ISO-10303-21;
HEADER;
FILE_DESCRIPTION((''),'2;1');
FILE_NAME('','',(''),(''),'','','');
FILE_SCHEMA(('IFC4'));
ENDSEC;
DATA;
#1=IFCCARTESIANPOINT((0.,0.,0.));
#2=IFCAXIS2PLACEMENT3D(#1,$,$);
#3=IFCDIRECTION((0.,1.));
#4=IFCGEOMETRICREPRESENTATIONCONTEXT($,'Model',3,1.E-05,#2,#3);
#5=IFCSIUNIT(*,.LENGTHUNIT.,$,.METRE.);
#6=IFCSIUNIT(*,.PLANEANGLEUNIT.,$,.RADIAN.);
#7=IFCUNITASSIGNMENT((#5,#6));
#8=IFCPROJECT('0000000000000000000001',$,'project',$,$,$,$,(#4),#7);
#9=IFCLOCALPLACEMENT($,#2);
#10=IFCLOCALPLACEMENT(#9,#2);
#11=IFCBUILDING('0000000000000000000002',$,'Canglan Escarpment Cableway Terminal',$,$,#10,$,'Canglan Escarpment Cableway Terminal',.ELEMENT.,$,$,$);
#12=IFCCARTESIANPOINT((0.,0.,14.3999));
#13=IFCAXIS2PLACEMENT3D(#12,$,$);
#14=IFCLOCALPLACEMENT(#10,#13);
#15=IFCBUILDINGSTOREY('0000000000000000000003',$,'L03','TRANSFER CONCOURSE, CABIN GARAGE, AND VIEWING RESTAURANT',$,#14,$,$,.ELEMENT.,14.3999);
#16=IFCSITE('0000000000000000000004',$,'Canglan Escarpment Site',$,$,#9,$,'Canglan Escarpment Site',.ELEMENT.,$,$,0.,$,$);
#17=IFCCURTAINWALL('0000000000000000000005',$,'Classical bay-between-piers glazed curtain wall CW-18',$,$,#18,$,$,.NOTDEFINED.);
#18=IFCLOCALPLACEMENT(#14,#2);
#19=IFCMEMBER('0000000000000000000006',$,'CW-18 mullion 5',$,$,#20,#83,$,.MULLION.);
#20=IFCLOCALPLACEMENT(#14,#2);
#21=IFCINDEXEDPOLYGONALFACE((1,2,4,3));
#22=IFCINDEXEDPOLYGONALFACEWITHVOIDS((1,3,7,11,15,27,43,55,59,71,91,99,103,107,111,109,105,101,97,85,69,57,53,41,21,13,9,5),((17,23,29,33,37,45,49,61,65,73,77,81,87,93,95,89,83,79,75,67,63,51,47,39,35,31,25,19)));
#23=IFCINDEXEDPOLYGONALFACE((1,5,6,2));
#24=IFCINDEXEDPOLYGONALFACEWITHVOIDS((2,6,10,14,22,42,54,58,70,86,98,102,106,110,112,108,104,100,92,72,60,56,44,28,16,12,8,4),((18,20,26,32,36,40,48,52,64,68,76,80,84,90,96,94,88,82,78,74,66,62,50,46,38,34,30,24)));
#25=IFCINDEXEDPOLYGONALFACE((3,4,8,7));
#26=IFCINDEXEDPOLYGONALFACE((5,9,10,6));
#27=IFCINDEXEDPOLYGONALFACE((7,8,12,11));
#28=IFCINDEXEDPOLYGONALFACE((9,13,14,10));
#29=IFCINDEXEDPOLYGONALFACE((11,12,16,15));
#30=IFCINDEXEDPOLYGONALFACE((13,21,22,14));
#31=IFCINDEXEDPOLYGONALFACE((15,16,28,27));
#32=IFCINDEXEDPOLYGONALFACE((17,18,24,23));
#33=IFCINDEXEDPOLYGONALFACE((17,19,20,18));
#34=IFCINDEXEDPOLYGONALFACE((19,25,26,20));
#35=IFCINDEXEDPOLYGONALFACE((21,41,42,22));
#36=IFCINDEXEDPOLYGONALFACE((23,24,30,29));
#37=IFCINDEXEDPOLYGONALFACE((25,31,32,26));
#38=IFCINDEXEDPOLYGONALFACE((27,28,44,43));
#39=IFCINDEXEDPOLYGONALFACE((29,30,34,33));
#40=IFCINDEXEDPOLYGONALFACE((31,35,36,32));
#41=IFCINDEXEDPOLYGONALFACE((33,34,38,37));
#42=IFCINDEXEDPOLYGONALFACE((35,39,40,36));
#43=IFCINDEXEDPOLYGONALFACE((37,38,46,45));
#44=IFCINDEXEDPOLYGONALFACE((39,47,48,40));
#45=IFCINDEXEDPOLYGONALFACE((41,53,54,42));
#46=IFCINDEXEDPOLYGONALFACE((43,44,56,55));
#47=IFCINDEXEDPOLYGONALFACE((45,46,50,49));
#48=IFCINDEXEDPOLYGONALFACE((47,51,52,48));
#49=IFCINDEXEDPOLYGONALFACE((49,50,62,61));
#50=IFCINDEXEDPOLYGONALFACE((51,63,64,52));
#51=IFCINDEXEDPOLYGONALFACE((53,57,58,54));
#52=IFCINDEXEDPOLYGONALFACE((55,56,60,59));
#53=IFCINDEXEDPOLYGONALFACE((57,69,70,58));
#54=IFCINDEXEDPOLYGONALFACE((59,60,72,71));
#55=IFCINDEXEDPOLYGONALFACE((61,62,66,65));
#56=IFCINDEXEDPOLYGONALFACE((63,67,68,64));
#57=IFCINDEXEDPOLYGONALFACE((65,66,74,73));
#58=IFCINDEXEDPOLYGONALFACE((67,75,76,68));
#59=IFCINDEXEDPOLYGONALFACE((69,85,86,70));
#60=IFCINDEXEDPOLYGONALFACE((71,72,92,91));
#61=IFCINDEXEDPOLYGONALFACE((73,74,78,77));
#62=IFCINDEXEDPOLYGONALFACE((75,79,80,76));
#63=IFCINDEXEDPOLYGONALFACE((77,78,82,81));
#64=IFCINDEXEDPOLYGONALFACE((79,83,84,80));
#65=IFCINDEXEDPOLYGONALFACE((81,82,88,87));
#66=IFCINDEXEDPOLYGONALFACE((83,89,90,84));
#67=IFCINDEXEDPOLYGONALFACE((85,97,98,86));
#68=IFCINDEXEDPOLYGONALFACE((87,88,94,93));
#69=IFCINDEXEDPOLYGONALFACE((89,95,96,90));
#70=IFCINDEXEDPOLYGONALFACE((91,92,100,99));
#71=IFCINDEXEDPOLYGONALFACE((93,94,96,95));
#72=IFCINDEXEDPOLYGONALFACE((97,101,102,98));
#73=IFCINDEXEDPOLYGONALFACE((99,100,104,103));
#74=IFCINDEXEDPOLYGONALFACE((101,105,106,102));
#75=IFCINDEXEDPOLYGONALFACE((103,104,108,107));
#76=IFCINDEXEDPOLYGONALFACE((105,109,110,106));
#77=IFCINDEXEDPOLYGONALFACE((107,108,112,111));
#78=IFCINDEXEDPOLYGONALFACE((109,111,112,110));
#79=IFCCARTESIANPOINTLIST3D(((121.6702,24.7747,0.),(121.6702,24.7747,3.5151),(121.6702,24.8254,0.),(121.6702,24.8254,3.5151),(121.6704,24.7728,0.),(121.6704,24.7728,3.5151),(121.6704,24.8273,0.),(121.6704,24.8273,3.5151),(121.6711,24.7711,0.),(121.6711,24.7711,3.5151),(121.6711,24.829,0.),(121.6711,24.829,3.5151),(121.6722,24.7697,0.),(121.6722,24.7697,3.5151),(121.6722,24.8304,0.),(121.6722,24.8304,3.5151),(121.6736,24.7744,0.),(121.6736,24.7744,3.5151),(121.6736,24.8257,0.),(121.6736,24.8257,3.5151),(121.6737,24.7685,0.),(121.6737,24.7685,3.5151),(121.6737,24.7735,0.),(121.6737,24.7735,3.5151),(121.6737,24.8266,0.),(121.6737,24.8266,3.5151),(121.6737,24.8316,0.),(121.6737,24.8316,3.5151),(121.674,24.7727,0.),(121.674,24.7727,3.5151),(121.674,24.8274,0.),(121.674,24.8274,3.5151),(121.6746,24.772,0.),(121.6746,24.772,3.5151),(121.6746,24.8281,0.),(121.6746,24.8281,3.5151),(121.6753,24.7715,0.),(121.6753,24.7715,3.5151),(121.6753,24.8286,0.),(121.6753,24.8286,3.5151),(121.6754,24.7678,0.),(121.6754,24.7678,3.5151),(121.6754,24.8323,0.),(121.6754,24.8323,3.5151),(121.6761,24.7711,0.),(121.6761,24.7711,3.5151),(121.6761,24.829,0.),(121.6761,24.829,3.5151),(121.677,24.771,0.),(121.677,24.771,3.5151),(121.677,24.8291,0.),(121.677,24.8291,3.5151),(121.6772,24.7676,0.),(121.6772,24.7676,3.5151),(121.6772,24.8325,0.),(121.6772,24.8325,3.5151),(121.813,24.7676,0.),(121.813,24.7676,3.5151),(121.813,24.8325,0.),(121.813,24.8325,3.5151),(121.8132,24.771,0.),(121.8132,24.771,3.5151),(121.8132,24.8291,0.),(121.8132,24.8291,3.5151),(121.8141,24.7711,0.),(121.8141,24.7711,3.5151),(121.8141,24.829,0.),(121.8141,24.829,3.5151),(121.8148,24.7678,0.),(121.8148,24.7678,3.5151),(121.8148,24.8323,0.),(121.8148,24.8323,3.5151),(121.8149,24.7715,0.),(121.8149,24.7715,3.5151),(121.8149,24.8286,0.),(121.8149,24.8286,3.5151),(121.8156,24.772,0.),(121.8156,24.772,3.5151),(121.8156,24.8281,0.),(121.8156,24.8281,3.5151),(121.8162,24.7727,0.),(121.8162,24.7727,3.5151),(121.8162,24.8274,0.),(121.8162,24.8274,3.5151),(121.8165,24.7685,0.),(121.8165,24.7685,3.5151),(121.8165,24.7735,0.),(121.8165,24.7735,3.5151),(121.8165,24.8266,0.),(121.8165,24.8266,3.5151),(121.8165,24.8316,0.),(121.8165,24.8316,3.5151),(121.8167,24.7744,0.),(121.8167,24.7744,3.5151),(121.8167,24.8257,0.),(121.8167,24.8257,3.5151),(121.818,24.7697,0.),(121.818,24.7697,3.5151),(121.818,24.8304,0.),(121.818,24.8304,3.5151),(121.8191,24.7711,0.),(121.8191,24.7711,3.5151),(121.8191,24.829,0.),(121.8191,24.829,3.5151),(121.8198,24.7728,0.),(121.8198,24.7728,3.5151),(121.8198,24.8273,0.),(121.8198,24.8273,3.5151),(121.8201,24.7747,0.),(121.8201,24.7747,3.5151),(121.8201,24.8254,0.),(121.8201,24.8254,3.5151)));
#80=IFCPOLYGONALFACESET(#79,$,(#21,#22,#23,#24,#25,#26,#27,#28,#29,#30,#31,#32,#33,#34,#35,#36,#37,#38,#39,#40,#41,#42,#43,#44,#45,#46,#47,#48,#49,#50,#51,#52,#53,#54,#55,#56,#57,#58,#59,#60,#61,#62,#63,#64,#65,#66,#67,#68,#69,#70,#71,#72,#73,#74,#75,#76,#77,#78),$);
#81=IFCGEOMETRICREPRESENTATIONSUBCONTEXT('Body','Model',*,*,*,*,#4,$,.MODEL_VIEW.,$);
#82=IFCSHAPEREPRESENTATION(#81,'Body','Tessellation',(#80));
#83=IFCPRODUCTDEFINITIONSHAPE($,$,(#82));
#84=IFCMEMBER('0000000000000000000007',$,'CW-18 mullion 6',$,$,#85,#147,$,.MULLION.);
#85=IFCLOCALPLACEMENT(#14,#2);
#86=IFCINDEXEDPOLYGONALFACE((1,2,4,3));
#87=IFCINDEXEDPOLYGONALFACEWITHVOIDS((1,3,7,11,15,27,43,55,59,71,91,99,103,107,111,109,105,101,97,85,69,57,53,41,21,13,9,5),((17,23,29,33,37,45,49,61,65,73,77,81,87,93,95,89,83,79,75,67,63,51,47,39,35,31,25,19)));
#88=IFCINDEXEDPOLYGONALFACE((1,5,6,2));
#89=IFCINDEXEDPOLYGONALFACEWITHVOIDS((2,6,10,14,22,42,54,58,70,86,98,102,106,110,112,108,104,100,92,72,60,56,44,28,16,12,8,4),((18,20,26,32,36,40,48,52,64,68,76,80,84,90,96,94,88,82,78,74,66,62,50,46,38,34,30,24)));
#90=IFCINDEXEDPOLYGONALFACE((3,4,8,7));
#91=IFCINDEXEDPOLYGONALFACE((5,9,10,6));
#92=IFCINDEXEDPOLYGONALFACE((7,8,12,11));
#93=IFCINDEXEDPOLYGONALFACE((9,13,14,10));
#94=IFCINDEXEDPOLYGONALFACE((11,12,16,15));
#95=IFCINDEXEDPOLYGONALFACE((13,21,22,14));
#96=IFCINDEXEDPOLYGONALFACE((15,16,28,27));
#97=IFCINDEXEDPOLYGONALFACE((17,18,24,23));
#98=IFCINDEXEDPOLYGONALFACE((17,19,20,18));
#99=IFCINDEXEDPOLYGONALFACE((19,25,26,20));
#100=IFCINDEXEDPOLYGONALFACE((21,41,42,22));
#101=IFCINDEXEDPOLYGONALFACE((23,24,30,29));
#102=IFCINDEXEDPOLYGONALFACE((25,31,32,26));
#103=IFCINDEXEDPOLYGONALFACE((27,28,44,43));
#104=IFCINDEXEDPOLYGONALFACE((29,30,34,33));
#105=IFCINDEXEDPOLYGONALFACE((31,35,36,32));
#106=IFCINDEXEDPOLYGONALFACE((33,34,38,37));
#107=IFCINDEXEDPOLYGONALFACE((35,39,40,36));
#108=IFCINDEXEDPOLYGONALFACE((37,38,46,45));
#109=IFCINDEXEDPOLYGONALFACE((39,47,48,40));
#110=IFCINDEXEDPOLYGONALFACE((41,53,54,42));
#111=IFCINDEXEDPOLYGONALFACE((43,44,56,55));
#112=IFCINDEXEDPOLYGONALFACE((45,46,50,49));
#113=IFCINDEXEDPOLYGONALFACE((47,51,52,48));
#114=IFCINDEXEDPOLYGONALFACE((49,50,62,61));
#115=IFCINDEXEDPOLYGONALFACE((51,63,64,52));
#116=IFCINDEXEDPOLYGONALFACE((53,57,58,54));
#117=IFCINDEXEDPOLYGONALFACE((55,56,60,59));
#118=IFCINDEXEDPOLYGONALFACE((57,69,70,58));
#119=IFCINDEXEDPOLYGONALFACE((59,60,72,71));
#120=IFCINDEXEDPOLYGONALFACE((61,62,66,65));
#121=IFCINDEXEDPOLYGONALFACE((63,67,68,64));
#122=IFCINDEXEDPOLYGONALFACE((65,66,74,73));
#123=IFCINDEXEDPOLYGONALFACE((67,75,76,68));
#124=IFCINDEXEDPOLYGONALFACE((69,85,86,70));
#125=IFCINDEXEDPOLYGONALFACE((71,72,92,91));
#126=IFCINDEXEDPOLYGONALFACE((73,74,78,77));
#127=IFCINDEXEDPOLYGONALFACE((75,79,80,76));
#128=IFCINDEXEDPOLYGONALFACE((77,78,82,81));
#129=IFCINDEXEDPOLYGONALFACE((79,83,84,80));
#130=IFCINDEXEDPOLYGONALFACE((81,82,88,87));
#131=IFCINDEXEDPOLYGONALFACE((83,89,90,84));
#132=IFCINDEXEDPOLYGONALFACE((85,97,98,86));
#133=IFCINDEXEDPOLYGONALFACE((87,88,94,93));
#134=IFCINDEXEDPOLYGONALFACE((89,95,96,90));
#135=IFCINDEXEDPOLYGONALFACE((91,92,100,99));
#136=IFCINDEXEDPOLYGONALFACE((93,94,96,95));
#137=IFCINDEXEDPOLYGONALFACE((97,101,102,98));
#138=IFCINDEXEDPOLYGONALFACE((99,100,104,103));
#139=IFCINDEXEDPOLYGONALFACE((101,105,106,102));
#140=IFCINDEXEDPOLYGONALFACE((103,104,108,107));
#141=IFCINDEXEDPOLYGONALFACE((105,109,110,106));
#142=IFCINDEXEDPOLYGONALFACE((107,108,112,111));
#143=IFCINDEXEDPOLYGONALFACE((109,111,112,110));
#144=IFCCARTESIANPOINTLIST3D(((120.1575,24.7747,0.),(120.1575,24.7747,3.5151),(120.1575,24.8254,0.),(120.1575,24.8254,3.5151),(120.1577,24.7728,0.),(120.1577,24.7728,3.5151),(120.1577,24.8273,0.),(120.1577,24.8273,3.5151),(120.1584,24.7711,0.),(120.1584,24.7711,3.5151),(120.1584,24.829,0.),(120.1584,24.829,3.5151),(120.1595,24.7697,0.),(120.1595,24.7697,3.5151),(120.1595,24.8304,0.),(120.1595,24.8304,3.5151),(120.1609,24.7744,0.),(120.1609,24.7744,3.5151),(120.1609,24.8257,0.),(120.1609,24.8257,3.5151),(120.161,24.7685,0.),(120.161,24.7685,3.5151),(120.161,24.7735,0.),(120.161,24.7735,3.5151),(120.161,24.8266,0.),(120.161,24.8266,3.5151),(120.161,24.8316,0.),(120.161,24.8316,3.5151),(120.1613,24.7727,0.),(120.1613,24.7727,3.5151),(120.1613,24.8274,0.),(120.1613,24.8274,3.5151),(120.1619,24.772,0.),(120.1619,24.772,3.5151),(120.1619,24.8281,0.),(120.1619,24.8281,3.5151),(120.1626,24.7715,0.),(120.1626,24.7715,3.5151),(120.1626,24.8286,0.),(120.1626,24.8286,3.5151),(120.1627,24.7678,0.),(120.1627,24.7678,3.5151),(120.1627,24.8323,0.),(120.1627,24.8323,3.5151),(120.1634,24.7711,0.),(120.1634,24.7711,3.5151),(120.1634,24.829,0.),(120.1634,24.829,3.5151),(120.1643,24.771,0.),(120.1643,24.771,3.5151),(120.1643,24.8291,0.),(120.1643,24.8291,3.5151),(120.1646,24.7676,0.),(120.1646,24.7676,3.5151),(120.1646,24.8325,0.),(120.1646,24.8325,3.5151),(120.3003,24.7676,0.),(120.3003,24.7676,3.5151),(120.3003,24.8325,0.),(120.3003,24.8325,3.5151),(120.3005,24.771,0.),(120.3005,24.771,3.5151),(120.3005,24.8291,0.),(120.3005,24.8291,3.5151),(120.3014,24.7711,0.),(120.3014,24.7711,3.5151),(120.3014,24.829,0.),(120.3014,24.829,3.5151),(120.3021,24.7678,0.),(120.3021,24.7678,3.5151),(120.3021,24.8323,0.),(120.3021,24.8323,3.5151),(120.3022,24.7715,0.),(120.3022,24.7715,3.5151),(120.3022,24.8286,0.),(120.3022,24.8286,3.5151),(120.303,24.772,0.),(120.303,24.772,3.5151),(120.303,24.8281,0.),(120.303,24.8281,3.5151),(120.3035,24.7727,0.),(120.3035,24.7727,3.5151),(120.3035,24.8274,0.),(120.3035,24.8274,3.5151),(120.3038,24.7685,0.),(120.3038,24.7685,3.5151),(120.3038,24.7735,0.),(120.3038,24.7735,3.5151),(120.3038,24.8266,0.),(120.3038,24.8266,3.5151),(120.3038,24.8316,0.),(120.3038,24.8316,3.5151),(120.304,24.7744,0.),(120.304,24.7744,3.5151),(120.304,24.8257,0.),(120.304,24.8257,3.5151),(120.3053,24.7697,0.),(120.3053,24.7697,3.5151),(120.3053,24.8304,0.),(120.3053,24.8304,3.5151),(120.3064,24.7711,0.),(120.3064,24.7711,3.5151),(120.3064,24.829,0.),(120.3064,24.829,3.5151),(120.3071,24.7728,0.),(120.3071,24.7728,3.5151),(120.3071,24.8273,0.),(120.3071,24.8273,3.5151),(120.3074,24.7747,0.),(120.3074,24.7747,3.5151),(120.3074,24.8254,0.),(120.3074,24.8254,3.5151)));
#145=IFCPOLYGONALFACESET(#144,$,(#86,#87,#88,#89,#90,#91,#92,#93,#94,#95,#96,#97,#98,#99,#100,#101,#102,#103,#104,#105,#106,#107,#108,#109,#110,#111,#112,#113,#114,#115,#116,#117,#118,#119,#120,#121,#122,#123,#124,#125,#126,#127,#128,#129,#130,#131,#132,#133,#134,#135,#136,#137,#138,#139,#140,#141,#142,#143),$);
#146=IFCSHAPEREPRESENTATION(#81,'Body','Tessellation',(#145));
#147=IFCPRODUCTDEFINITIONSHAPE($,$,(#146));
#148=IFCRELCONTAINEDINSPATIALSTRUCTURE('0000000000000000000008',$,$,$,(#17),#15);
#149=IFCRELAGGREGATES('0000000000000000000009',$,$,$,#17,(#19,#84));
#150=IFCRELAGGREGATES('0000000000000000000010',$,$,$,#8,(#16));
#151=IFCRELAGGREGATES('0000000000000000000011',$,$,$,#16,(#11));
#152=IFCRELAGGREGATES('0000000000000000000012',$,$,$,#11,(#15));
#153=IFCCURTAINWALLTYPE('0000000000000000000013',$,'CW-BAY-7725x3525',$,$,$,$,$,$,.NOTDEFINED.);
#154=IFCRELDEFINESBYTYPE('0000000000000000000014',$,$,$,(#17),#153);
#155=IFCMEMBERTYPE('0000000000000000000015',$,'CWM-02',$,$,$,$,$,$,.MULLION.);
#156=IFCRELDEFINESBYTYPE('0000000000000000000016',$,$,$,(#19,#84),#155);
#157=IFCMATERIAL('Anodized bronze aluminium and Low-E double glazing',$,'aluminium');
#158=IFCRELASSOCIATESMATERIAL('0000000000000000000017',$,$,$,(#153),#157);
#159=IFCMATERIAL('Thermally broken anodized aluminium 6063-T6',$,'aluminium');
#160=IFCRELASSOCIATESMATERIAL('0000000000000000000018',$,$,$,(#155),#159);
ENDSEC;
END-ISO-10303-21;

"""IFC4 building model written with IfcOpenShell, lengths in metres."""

from ifc_helpers import new_model, si_unit, direction, frame, origin, origin_2d, place, context, subcontext, project, spatial, hollow_rectangle, extrude, material, material_profile, profile_set, type_object, element, aggregate, save


model = new_model("IFC4")

# Units and contexts
model_context = context("Model", 3, precision=1e-05, world=origin(), true_north=direction((0.0, 1.0)))
body_context = subcontext(model_context, "Body", "Model", "MODEL_VIEW")
ifc_project = project(units=[si_unit("LENGTHUNIT", "METRE"), si_unit("PLANEANGLEUNIT", "RADIAN")], contexts=[model_context])

# Site, building, storey
site_placement = place(None, origin())
site = spatial("IfcSite", under=ifc_project, at=site_placement, Name="Canglan Escarpment Site", LongName="Canglan Escarpment Site", CompositionType="ELEMENT", RefElevation=0.0)
building_placement = place(site_placement, origin())
building = spatial("IfcBuilding", under=site, at=building_placement, Name="Canglan Escarpment Cableway Terminal", LongName="Canglan Escarpment Cableway Terminal", CompositionType="ELEMENT")
storey_placement = place(building_placement, frame((0.0, 0.0, 14.3999)))
storey = spatial("IfcBuildingStorey", under=building, at=storey_placement, Name="L03", Description="TRANSFER CONCOURSE, CABIN GARAGE, AND VIEWING RESTAURANT", CompositionType="ELEMENT", Elevation=14.3999)

# Shared definitions
ifc_material_1 = material(Name="Anodized bronze aluminium and Low-E double glazing", Category="aluminium")
ifc_material_2 = material(Name="Thermally broken anodized aluminium 6063-T6", Category="aluminium")

# Curtain wall, members
curtain_wall_type_1 = type_object("IfcCurtainWallType", Name="CW-BAY-7725x3525", PredefinedType="NOTDEFINED", material=ifc_material_1)
curtain_wall_1_placement = place(storey_placement, origin())
curtain_wall_1 = element("IfcCurtainWall", 1, at=curtain_wall_1_placement, inside=storey, type_object=curtain_wall_type_1, Name="Classical bay-between-piers glazed curtain wall CW-18", PredefinedType="NOTDEFINED")
ifc_material_profile_1 = material_profile(ifc_material_2, hollow_rectangle(XDim=0.0649, YDim=0.1499, WallThickness=0.0034, InnerFilletRadius=0.0034, OuterFilletRadius=0.0071, at=origin_2d()), Name="ALU-MULL 65x150x3.5")
ifc_profile_set_1 = profile_set([ifc_material_profile_1], Name="Thermally broken anodized aluminium 6063-T6")
member_type_1 = type_object("IfcMemberType", Name="CWM-02", PredefinedType="MULLION", material=ifc_profile_set_1)
member_1_placement = place(storey_placement, frame((121.7451, 24.8, 0.0), z_axis=(0.0, 0.0, 1.0), x_axis=(0.0, -1.0, 0.0)))
member_1 = element("IfcMember", 2, at=member_1_placement, type_object=member_type_1, Name="CW-18 mullion 5", PredefinedType="MULLION", context=body_context, shape_type="SweptSolid", body=[
    extrude(hollow_rectangle(XDim=0.0649, YDim=0.1499, WallThickness=0.0034, InnerFilletRadius=0.0034, OuterFilletRadius=0.0071, at=origin_2d()), origin(), (0.0, 0.0, 1.0), 3.5151),
])
member_2_placement = place(storey_placement, frame((120.2324, 24.8, 0.0), z_axis=(0.0, 0.0, 1.0), x_axis=(0.0, -1.0, 0.0)))
member_2 = element("IfcMember", 3, at=member_2_placement, type_object=member_type_1, Name="CW-18 mullion 6", PredefinedType="MULLION", context=body_context, shape_type="SweptSolid", body=[
    extrude(hollow_rectangle(XDim=0.0649, YDim=0.1499, WallThickness=0.0034, InnerFilletRadius=0.0034, OuterFilletRadius=0.0071, at=origin_2d()), origin(), (0.0, 0.0, 1.0), 3.5151),
])

aggregate(curtain_wall_1, [member_1, member_2])

save(model, "model.ifc")
